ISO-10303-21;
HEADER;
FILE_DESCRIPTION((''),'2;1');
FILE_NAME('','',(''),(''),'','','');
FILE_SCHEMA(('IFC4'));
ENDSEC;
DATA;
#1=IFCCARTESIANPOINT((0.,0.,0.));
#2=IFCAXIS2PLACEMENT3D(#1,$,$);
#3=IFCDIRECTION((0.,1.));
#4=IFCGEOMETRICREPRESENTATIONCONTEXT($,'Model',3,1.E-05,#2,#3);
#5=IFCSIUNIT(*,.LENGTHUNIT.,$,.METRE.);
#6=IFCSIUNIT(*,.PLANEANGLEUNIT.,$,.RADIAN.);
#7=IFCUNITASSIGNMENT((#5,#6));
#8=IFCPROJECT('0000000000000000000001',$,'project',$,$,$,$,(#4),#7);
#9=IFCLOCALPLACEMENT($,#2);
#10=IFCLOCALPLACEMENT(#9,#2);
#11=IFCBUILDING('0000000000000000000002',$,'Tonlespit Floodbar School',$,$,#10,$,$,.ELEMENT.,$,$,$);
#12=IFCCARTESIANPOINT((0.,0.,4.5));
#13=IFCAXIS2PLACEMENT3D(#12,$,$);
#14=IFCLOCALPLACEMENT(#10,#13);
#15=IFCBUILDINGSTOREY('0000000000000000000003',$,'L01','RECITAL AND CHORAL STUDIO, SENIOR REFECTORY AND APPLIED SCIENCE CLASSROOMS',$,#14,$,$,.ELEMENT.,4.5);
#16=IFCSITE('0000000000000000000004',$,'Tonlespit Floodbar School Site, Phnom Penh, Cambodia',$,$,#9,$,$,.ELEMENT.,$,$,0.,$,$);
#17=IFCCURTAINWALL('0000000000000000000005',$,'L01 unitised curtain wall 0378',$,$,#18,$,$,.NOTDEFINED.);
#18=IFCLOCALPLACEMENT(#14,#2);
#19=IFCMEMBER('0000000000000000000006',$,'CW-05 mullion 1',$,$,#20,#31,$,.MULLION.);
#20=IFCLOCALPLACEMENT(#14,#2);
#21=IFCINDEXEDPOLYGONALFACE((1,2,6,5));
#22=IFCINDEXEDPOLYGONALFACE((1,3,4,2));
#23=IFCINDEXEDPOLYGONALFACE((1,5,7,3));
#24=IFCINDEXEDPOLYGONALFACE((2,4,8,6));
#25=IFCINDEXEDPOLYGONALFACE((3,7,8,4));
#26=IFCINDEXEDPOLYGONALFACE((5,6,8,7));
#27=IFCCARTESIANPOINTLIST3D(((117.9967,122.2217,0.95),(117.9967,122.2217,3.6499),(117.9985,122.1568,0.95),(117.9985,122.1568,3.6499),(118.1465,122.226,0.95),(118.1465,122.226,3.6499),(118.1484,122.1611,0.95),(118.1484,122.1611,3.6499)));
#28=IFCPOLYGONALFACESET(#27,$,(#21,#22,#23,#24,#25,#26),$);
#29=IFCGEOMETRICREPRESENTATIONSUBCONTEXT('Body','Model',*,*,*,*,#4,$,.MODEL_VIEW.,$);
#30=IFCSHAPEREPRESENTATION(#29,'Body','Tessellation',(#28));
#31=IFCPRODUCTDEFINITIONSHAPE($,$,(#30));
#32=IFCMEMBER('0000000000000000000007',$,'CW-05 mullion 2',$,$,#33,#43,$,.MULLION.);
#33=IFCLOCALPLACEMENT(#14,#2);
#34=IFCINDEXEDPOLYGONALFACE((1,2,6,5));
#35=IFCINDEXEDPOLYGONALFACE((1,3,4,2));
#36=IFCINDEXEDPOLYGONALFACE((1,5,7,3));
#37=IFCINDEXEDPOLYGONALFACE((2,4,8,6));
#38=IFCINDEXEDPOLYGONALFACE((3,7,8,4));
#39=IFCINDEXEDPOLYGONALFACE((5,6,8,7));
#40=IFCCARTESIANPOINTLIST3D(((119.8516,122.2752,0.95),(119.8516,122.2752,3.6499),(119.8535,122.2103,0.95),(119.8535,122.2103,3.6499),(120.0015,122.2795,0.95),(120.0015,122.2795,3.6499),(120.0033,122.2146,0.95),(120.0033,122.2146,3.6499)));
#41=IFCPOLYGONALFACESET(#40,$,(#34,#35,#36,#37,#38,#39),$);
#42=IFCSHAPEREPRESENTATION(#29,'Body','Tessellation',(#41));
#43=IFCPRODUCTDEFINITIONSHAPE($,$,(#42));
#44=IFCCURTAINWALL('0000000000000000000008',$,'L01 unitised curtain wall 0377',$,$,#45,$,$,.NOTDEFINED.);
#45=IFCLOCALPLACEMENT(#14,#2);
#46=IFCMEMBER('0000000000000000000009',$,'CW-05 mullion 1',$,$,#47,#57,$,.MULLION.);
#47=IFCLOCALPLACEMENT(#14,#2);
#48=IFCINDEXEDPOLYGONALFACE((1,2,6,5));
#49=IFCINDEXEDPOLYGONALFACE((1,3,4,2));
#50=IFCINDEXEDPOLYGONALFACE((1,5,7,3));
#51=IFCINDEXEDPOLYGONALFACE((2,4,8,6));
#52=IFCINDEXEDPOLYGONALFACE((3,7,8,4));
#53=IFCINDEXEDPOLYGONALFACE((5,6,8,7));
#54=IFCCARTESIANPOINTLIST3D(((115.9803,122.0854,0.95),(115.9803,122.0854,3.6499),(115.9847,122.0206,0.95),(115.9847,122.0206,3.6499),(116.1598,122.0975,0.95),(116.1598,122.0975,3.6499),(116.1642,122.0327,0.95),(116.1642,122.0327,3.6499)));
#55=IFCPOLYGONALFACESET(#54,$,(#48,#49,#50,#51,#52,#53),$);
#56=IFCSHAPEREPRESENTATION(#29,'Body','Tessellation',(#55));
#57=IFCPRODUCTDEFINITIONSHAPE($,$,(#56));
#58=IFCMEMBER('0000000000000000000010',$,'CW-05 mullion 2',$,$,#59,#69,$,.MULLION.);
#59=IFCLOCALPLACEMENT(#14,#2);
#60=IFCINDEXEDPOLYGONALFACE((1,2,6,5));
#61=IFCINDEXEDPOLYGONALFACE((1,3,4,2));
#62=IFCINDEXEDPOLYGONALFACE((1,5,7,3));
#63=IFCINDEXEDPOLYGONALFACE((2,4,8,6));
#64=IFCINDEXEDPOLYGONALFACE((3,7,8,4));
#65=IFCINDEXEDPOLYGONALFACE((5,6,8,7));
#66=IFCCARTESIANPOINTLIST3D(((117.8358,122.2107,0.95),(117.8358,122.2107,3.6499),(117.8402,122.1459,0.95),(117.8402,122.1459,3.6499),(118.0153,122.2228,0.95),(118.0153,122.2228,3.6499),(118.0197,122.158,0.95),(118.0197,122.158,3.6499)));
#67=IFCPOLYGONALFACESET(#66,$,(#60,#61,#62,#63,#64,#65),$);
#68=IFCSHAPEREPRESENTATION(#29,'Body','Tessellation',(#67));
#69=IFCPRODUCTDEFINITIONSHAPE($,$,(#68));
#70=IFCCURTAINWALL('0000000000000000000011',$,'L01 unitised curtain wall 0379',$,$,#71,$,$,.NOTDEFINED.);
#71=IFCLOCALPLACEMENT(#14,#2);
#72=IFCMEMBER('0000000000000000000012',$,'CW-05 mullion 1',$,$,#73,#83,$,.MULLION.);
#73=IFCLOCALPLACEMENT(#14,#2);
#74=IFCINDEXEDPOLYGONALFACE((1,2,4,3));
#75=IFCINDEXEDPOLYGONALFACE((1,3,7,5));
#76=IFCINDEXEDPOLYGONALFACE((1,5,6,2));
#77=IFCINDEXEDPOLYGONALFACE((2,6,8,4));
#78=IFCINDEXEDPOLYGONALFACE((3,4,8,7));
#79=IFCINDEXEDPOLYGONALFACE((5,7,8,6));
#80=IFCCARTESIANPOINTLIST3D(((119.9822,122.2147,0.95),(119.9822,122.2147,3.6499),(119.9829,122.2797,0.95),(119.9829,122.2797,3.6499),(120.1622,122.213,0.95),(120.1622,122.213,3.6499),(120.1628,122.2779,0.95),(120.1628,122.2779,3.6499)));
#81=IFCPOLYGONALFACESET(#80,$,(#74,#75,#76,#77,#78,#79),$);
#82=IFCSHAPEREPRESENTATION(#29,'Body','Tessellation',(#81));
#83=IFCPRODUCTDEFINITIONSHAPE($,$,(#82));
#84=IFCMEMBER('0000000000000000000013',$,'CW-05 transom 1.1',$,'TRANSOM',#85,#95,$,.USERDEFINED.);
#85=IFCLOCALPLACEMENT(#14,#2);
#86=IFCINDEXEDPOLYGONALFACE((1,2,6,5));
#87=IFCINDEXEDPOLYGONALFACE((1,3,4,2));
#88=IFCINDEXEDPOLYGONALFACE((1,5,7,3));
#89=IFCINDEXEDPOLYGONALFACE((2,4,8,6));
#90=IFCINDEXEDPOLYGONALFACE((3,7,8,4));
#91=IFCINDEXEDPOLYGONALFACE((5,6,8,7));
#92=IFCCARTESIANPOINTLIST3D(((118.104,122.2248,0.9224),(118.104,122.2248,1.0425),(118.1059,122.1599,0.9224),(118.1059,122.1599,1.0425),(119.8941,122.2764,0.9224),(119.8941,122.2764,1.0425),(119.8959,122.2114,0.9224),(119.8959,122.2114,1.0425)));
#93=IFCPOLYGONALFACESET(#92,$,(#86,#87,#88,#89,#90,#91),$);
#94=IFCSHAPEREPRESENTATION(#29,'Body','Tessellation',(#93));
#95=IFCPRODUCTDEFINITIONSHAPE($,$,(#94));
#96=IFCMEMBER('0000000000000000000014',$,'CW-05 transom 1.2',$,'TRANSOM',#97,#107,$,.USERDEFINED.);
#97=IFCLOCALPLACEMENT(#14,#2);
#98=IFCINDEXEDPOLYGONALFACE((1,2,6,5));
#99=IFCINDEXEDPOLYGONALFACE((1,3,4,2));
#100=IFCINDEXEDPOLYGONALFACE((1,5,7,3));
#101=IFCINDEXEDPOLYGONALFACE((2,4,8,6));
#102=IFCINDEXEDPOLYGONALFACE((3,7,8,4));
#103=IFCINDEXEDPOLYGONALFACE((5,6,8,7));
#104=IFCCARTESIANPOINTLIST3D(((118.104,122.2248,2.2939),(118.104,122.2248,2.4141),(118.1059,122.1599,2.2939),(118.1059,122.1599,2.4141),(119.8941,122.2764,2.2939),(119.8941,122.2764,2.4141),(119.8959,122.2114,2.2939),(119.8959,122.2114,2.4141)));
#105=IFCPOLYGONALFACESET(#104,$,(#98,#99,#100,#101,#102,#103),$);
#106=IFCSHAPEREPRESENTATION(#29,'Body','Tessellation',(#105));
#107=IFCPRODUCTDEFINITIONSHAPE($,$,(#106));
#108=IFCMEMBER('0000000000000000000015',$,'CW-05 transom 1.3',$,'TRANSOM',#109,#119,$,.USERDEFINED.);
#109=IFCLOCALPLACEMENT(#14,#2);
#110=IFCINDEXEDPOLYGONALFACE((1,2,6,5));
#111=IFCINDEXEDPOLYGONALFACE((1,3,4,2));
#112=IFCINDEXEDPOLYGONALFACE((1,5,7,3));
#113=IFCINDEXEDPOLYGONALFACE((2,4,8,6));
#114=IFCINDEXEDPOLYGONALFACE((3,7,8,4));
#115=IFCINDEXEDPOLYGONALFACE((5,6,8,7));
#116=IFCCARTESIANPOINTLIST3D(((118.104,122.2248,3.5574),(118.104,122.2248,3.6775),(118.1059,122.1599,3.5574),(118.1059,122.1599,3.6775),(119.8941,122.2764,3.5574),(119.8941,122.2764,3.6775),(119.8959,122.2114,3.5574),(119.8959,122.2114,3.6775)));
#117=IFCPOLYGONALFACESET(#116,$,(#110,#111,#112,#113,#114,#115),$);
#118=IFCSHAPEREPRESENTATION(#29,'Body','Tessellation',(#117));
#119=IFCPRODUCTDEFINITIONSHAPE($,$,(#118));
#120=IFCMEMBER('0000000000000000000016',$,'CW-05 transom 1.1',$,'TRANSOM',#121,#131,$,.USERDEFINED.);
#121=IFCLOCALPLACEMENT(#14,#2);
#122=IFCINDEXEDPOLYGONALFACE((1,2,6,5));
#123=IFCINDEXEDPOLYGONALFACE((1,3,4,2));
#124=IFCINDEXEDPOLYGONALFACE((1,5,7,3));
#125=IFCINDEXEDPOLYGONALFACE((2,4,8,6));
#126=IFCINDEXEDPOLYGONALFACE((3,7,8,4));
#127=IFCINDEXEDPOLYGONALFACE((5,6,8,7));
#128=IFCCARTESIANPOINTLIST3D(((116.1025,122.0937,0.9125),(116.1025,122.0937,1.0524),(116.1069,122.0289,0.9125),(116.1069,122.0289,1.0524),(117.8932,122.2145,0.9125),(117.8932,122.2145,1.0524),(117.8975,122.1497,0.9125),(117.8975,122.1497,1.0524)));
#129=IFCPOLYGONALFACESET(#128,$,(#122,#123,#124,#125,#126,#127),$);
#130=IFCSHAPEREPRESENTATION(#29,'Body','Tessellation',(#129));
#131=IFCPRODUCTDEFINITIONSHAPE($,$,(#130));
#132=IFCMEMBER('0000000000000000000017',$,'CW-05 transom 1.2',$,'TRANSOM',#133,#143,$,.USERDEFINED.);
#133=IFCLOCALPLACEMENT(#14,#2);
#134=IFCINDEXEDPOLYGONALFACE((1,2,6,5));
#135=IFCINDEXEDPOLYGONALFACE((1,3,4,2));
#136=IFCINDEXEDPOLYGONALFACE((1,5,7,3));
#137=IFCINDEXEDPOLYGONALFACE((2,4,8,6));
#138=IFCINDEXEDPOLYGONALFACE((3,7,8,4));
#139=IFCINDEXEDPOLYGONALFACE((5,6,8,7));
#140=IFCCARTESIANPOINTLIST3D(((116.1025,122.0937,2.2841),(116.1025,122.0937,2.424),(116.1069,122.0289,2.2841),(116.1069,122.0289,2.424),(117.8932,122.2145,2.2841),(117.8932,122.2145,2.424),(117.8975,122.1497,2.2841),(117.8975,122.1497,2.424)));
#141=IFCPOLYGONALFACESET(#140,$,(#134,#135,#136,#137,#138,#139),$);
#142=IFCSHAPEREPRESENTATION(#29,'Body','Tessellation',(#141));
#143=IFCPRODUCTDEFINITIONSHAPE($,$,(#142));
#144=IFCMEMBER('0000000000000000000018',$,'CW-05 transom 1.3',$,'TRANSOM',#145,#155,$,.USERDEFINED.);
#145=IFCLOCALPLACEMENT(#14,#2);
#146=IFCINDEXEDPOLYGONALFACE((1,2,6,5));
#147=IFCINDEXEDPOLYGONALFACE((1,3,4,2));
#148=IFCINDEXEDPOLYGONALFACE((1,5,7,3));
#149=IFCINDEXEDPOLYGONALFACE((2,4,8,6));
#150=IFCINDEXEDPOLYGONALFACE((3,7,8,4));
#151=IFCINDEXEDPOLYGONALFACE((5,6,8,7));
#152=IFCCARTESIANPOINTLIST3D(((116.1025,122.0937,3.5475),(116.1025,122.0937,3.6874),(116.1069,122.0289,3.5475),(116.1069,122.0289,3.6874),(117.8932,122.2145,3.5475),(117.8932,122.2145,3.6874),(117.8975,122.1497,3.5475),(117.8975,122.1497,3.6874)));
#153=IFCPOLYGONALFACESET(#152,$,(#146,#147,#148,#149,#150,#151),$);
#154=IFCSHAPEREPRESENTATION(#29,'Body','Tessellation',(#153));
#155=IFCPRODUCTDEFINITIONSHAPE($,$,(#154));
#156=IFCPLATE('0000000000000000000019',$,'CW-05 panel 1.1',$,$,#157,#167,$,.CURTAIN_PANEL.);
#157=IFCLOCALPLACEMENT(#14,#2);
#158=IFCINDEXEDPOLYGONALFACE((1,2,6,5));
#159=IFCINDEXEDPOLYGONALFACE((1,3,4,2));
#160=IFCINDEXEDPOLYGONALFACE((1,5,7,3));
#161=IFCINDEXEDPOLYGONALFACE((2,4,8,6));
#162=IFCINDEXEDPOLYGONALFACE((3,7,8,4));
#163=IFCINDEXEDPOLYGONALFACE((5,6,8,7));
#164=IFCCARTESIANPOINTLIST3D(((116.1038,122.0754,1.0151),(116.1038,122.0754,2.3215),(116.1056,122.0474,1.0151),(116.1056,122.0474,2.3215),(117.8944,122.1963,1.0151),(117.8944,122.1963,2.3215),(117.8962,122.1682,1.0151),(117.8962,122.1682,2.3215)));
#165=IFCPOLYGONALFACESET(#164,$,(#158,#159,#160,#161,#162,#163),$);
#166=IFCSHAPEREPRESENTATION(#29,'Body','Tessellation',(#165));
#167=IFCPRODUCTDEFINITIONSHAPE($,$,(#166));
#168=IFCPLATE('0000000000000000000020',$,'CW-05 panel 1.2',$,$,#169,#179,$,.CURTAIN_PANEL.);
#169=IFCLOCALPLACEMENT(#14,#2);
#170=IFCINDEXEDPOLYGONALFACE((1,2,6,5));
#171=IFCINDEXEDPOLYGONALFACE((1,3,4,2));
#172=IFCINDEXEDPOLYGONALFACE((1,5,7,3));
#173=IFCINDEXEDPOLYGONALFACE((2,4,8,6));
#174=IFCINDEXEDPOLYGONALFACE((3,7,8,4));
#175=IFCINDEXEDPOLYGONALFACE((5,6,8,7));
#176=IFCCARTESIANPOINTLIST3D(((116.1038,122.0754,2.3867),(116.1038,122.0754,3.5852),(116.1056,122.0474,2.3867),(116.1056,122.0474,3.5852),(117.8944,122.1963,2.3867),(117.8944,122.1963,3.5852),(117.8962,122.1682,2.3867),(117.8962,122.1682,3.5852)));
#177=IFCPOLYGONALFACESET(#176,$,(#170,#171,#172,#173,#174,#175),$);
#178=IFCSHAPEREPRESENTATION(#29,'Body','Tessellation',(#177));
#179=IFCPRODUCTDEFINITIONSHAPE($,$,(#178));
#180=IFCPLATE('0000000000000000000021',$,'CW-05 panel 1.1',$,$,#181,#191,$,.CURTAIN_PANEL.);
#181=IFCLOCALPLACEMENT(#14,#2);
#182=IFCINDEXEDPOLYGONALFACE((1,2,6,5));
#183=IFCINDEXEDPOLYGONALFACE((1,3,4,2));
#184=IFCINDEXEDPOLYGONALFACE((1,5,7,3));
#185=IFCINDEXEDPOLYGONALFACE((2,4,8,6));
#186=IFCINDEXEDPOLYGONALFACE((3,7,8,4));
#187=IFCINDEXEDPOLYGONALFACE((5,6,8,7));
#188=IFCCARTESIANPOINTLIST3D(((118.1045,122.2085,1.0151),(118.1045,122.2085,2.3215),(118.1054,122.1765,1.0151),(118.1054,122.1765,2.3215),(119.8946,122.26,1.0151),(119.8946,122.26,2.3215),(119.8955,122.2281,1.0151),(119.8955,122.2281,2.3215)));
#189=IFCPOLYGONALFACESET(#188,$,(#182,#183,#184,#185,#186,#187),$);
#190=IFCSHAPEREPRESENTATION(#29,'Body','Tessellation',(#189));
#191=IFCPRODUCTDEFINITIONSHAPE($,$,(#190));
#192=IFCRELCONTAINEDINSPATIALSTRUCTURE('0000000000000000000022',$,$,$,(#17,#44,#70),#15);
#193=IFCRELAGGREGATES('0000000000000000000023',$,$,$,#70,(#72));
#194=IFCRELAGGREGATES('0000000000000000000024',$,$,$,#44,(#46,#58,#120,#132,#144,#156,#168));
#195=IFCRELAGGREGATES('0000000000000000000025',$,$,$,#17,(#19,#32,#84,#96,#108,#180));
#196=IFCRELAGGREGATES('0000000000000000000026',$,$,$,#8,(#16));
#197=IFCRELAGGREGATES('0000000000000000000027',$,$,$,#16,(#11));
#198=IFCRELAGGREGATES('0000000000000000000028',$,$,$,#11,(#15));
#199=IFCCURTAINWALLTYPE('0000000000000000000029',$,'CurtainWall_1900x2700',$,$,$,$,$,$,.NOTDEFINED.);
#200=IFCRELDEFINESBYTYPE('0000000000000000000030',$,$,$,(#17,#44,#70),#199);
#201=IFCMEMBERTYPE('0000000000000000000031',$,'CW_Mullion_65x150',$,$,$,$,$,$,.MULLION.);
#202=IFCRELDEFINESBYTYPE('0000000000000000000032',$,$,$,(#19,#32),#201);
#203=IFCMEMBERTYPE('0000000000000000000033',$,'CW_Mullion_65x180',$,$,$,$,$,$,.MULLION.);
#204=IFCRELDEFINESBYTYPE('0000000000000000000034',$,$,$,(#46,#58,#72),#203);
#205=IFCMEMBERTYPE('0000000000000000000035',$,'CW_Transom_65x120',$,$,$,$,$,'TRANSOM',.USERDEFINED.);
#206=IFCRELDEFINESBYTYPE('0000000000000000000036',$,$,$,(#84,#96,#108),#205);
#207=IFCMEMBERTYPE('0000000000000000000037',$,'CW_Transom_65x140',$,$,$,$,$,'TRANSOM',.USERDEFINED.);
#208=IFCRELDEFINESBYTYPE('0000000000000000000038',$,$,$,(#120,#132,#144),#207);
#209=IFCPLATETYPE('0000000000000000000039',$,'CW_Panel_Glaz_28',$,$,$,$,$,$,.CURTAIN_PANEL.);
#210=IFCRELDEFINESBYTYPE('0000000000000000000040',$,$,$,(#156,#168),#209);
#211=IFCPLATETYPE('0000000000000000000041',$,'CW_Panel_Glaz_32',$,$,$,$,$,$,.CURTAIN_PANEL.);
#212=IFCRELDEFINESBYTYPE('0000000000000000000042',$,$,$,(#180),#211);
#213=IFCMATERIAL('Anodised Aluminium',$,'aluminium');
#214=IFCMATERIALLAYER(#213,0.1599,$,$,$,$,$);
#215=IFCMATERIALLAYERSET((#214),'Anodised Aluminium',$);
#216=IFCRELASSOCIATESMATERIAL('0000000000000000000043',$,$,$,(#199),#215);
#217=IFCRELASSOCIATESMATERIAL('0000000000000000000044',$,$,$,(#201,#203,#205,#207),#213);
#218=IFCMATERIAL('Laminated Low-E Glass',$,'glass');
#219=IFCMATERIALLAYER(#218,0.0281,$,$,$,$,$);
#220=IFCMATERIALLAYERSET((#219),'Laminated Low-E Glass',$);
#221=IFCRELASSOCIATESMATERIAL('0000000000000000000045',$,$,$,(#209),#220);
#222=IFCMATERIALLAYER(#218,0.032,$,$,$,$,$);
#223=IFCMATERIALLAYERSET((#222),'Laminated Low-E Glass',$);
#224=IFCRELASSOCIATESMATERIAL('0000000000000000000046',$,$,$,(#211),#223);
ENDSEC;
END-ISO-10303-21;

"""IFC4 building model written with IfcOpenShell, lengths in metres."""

from ifc_helpers import new_model, si_unit, direction, frame, origin, origin_2d, place, context, subcontext, project, spatial, rectangle, extrude, material, layer, layer_set, material_profile, profile_set, type_object, element, aggregate, save


model = new_model("IFC4")

# Units and contexts
model_context = context("Model", 3, precision=1e-05, world=origin(), true_north=direction((0.0, 1.0)))
body_context = subcontext(model_context, "Body", "Model", "MODEL_VIEW")
ifc_project = project(units=[si_unit("LENGTHUNIT", "METRE"), si_unit("PLANEANGLEUNIT", "RADIAN")], contexts=[model_context])

# Site, building, storey
site_placement = place(None, origin())
site = spatial("IfcSite", under=ifc_project, at=site_placement, Name="Tonlespit Floodbar School Site, Phnom Penh, Cambodia", CompositionType="ELEMENT", RefElevation=0.0)
building_placement = place(site_placement, origin())
building = spatial("IfcBuilding", under=site, at=building_placement, Name="Tonlespit Floodbar School", CompositionType="ELEMENT")
storey_placement = place(building_placement, frame((0.0, 0.0, 4.5)))
storey = spatial("IfcBuildingStorey", under=building, at=storey_placement, Name="L01", Description="RECITAL AND CHORAL STUDIO, SENIOR REFECTORY AND APPLIED SCIENCE CLASSROOMS", CompositionType="ELEMENT", Elevation=4.5)

# Curtain walls, members
ifc_material_1 = material(Name="Anodised Aluminium", Category="aluminium")
ifc_layer_1 = layer(ifc_material_1, 0.1599)
ifc_layer_set_1 = layer_set([ifc_layer_1], Name="Anodised Aluminium")
curtain_wall_type = type_object("IfcCurtainWallType", Name="CurtainWall_1900x2700", PredefinedType="NOTDEFINED", material=ifc_layer_set_1)
curtain_wall_1_placement = place(storey_placement, origin())
curtain_wall_1 = element("IfcCurtainWall", 1, at=curtain_wall_1_placement, inside=storey, type_object=curtain_wall_type, Name="L01 unitised curtain wall 0378", PredefinedType="NOTDEFINED")
ifc_material_profile_1 = material_profile(ifc_material_1, rectangle(XDim=0.0649, YDim=0.1499, at=origin_2d()), Name="ALU M65x150")
ifc_profile_set_1 = profile_set([ifc_material_profile_1], Name="Anodised Aluminium")
member_type_1 = type_object("IfcMemberType", Name="CW_Mullion_65x150", PredefinedType="MULLION", material=ifc_profile_set_1)
member_1_placement = place(storey_placement, frame((118.0725, 122.1914, 0.95), z_axis=(0.0, 0.0, 1.0), x_axis=(-0.02879, 0.999585, 0.0)))
member_1 = element("IfcMember", 2, at=member_1_placement, type_object=member_type_1, Name="CW-05 mullion 1", PredefinedType="MULLION", context=body_context, shape_type="SweptSolid", body=[
    extrude(rectangle(XDim=0.0649, YDim=0.1499, at=origin_2d()), origin(), (0.0, 0.0, 1.0), 2.7),
])
member_2_placement = place(storey_placement, frame((119.9275, 122.2449, 0.95), z_axis=(0.0, 0.0, 1.0), x_axis=(-0.02879, 0.999585, 0.0)))
member_2 = element("IfcMember", 3, at=member_2_placement, type_object=member_type_1, Name="CW-05 mullion 2", PredefinedType="MULLION", context=body_context, shape_type="SweptSolid", body=[
    extrude(rectangle(XDim=0.0649, YDim=0.1499, at=origin_2d()), origin(), (0.0, 0.0, 1.0), 2.7),
])
curtain_wall_2_placement = place(storey_placement, origin())
curtain_wall_2 = element("IfcCurtainWall", 4, at=curtain_wall_2_placement, inside=storey, type_object=curtain_wall_type, Name="L01 unitised curtain wall 0377", PredefinedType="NOTDEFINED")
ifc_material_profile_2 = material_profile(ifc_material_1, rectangle(XDim=0.0649, YDim=0.1799, at=origin_2d()), Name="ALU M65x180")
ifc_profile_set_2 = profile_set([ifc_material_profile_2], Name="Anodised Aluminium")
member_type_2 = type_object("IfcMemberType", Name="CW_Mullion_65x180", PredefinedType="MULLION", material=ifc_profile_set_2)
member_3_placement = place(storey_placement, frame((116.0723, 122.0591, 0.95), z_axis=(0.0, 0.0, 1.0), x_axis=(-0.06734, 0.99773, 0.0)))
member_3 = element("IfcMember", 5, at=member_3_placement, type_object=member_type_2, Name="CW-05 mullion 1", PredefinedType="MULLION", context=body_context, shape_type="SweptSolid", body=[
    extrude(rectangle(XDim=0.0649, YDim=0.1799, at=origin_2d()), origin(), (0.0, 0.0, 1.0), 2.7),
])
member_4_placement = place(storey_placement, frame((117.9277, 122.1843, 0.95), z_axis=(0.0, 0.0, 1.0), x_axis=(-0.06734, 0.99773, 0.0)))
member_4 = element("IfcMember", 6, at=member_4_placement, type_object=member_type_2, Name="CW-05 mullion 2", PredefinedType="MULLION", context=body_context, shape_type="SweptSolid", body=[
    extrude(rectangle(XDim=0.0649, YDim=0.1799, at=origin_2d()), origin(), (0.0, 0.0, 1.0), 2.7),
])

# Curtain wall, member
curtain_wall_3_placement = place(storey_placement, origin())
curtain_wall_3 = element("IfcCurtainWall", 7, at=curtain_wall_3_placement, inside=storey, type_object=curtain_wall_type, Name="L01 unitised curtain wall 0379", PredefinedType="NOTDEFINED")
member_5_placement = place(storey_placement, frame((120.0725, 122.2463, 0.95), z_axis=(0.0, 0.0, 1.0), x_axis=(0.009583, 0.999954, 0.0)))
member_5 = element("IfcMember", 8, at=member_5_placement, type_object=member_type_2, Name="CW-05 mullion 1", PredefinedType="MULLION", context=body_context, shape_type="SweptSolid", body=[
    extrude(rectangle(XDim=0.0649, YDim=0.1799, at=origin_2d()), origin(), (0.0, 0.0, 1.0), 2.7),
])
aggregate(curtain_wall_3, [member_5])

# Members
ifc_material_profile_3 = material_profile(ifc_material_1, rectangle(XDim=0.0649, YDim=0.1201, at=origin_2d()), Name="ALU T65x120")
ifc_profile_set_3 = profile_set([ifc_material_profile_3], Name="Anodised Aluminium")
member_type_3 = type_object("IfcMemberType", Name="CW_Transom_65x120", ElementType="TRANSOM", PredefinedType="USERDEFINED", material=ifc_profile_set_3)
member_6_placement = place(storey_placement, frame((118.105, 122.1924, 0.9824), z_axis=(0.999586, 0.028766, 0.0), x_axis=(-0.028766, 0.999586, 0.0)))
member_6 = element("IfcMember", 9, at=member_6_placement, type_object=member_type_3, Name="CW-05 transom 1.1", ObjectType="TRANSOM", PredefinedType="USERDEFINED", context=body_context, shape_type="SweptSolid", body=[
    extrude(rectangle(XDim=0.0649, YDim=0.1201, at=origin_2d()), origin(), (0.0, 0.0, 1.0), 1.7908),
])
member_7_placement = place(storey_placement, frame((118.105, 122.1924, 2.354), z_axis=(0.999586, 0.028766, 0.0), x_axis=(-0.028766, 0.999586, 0.0)))
member_7 = element("IfcMember", 10, at=member_7_placement, type_object=member_type_3, Name="CW-05 transom 1.2", ObjectType="TRANSOM", PredefinedType="USERDEFINED", context=body_context, shape_type="SweptSolid", body=[
    extrude(rectangle(XDim=0.0649, YDim=0.1201, at=origin_2d()), origin(), (0.0, 0.0, 1.0), 1.7908),
])
member_8_placement = place(storey_placement, frame((118.105, 122.1924, 3.6174), z_axis=(0.999586, 0.028766, 0.0), x_axis=(-0.028766, 0.999586, 0.0)))
member_8 = element("IfcMember", 11, at=member_8_placement, type_object=member_type_3, Name="CW-05 transom 1.3", ObjectType="TRANSOM", PredefinedType="USERDEFINED", context=body_context, shape_type="SweptSolid", body=[
    extrude(rectangle(XDim=0.0649, YDim=0.1201, at=origin_2d()), origin(), (0.0, 0.0, 1.0), 1.7908),
])
ifc_material_profile_4 = material_profile(ifc_material_1, rectangle(XDim=0.0649, YDim=0.1399, at=origin_2d()), Name="ALU T65x140")
ifc_profile_set_4 = profile_set([ifc_material_profile_4], Name="Anodised Aluminium")
member_type_4 = type_object("IfcMemberType", Name="CW_Transom_65x140", ElementType="TRANSOM", PredefinedType="USERDEFINED", material=ifc_profile_set_4)
member_9_placement = place(storey_placement, frame((116.1047, 122.0613, 0.9824), z_axis=(0.99773, 0.067341, 0.0), x_axis=(-0.067341, 0.99773, 0.0)))
member_9 = element("IfcMember", 12, at=member_9_placement, type_object=member_type_4, Name="CW-05 transom 1.1", ObjectType="TRANSOM", PredefinedType="USERDEFINED", context=body_context, shape_type="SweptSolid", body=[
    extrude(rectangle(XDim=0.0649, YDim=0.1399, at=origin_2d()), origin(), (0.0, 0.0, 1.0), 1.7947),
])
member_10_placement = place(storey_placement, frame((116.1047, 122.0613, 2.354), z_axis=(0.99773, 0.067341, 0.0), x_axis=(-0.067341, 0.99773, 0.0)))
member_10 = element("IfcMember", 13, at=member_10_placement, type_object=member_type_4, Name="CW-05 transom 1.2", ObjectType="TRANSOM", PredefinedType="USERDEFINED", context=body_context, shape_type="SweptSolid", body=[
    extrude(rectangle(XDim=0.0649, YDim=0.1399, at=origin_2d()), origin(), (0.0, 0.0, 1.0), 1.7947),
])
member_11_placement = place(storey_placement, frame((116.1047, 122.0613, 3.6174), z_axis=(0.99773, 0.067341, 0.0), x_axis=(-0.067341, 0.99773, 0.0)))
member_11 = element("IfcMember", 14, at=member_11_placement, type_object=member_type_4, Name="CW-05 transom 1.3", ObjectType="TRANSOM", PredefinedType="USERDEFINED", context=body_context, shape_type="SweptSolid", body=[
    extrude(rectangle(XDim=0.0649, YDim=0.1399, at=origin_2d()), origin(), (0.0, 0.0, 1.0), 1.7947),
])

# Plates
ifc_material_2 = material(Name="Laminated Low-E Glass", Category="glass")
ifc_layer_2 = layer(ifc_material_2, 0.0281)
ifc_layer_set_2 = layer_set([ifc_layer_2], Name="Laminated Low-E Glass")
plate_type_1 = type_object("IfcPlateType", Name="CW_Panel_Glaz_28", PredefinedType="CURTAIN_PANEL", material=ifc_layer_set_2)
plate_1_placement = place(storey_placement, frame((117.0, 122.1218, 1.0151), z_axis=(0.0, 0.0, 1.0), x_axis=(0.99773, 0.06734, 0.0)))
plate_1 = element("IfcPlate", 15, at=plate_1_placement, type_object=plate_type_1, Name="CW-05 panel 1.1", PredefinedType="CURTAIN_PANEL", context=body_context, shape_type="SweptSolid", body=[
    extrude(rectangle(XDim=1.7947, YDim=0.0281, at=origin_2d()), origin(), (0.0, 0.0, 1.0), 1.3064),
])
plate_2_placement = place(storey_placement, frame((117.0, 122.1218, 2.3867), z_axis=(0.0, 0.0, 1.0), x_axis=(0.99773, 0.06734, 0.0)))
plate_2 = element("IfcPlate", 16, at=plate_2_placement, type_object=plate_type_1, Name="CW-05 panel 1.2", PredefinedType="CURTAIN_PANEL", context=body_context, shape_type="SweptSolid", body=[
    extrude(rectangle(XDim=1.7947, YDim=0.0281, at=origin_2d()), origin(), (0.0, 0.0, 1.0), 1.1985),
])
aggregate(curtain_wall_2, [member_3, member_4, member_9, member_10, member_11, plate_1, plate_2])
ifc_layer_3 = layer(ifc_material_2, 0.032)
ifc_layer_set_3 = layer_set([ifc_layer_3], Name="Laminated Low-E Glass")
plate_type_2 = type_object("IfcPlateType", Name="CW_Panel_Glaz_32", PredefinedType="CURTAIN_PANEL", material=ifc_layer_set_3)
plate_3_placement = place(storey_placement, frame((119.0, 122.2183, 1.0151), z_axis=(0.0, 0.0, 1.0), x_axis=(0.999585, 0.02879, 0.0)))
plate_3 = element("IfcPlate", 17, at=plate_3_placement, type_object=plate_type_2, Name="CW-05 panel 1.1", PredefinedType="CURTAIN_PANEL", context=body_context, shape_type="SweptSolid", body=[
    extrude(rectangle(XDim=1.7908, YDim=0.032, at=origin_2d()), origin(), (0.0, 0.0, 1.0), 1.3064),
])
aggregate(curtain_wall_1, [member_1, member_2, member_6, member_7, member_8, plate_3])

save(model, "model.ifc")
